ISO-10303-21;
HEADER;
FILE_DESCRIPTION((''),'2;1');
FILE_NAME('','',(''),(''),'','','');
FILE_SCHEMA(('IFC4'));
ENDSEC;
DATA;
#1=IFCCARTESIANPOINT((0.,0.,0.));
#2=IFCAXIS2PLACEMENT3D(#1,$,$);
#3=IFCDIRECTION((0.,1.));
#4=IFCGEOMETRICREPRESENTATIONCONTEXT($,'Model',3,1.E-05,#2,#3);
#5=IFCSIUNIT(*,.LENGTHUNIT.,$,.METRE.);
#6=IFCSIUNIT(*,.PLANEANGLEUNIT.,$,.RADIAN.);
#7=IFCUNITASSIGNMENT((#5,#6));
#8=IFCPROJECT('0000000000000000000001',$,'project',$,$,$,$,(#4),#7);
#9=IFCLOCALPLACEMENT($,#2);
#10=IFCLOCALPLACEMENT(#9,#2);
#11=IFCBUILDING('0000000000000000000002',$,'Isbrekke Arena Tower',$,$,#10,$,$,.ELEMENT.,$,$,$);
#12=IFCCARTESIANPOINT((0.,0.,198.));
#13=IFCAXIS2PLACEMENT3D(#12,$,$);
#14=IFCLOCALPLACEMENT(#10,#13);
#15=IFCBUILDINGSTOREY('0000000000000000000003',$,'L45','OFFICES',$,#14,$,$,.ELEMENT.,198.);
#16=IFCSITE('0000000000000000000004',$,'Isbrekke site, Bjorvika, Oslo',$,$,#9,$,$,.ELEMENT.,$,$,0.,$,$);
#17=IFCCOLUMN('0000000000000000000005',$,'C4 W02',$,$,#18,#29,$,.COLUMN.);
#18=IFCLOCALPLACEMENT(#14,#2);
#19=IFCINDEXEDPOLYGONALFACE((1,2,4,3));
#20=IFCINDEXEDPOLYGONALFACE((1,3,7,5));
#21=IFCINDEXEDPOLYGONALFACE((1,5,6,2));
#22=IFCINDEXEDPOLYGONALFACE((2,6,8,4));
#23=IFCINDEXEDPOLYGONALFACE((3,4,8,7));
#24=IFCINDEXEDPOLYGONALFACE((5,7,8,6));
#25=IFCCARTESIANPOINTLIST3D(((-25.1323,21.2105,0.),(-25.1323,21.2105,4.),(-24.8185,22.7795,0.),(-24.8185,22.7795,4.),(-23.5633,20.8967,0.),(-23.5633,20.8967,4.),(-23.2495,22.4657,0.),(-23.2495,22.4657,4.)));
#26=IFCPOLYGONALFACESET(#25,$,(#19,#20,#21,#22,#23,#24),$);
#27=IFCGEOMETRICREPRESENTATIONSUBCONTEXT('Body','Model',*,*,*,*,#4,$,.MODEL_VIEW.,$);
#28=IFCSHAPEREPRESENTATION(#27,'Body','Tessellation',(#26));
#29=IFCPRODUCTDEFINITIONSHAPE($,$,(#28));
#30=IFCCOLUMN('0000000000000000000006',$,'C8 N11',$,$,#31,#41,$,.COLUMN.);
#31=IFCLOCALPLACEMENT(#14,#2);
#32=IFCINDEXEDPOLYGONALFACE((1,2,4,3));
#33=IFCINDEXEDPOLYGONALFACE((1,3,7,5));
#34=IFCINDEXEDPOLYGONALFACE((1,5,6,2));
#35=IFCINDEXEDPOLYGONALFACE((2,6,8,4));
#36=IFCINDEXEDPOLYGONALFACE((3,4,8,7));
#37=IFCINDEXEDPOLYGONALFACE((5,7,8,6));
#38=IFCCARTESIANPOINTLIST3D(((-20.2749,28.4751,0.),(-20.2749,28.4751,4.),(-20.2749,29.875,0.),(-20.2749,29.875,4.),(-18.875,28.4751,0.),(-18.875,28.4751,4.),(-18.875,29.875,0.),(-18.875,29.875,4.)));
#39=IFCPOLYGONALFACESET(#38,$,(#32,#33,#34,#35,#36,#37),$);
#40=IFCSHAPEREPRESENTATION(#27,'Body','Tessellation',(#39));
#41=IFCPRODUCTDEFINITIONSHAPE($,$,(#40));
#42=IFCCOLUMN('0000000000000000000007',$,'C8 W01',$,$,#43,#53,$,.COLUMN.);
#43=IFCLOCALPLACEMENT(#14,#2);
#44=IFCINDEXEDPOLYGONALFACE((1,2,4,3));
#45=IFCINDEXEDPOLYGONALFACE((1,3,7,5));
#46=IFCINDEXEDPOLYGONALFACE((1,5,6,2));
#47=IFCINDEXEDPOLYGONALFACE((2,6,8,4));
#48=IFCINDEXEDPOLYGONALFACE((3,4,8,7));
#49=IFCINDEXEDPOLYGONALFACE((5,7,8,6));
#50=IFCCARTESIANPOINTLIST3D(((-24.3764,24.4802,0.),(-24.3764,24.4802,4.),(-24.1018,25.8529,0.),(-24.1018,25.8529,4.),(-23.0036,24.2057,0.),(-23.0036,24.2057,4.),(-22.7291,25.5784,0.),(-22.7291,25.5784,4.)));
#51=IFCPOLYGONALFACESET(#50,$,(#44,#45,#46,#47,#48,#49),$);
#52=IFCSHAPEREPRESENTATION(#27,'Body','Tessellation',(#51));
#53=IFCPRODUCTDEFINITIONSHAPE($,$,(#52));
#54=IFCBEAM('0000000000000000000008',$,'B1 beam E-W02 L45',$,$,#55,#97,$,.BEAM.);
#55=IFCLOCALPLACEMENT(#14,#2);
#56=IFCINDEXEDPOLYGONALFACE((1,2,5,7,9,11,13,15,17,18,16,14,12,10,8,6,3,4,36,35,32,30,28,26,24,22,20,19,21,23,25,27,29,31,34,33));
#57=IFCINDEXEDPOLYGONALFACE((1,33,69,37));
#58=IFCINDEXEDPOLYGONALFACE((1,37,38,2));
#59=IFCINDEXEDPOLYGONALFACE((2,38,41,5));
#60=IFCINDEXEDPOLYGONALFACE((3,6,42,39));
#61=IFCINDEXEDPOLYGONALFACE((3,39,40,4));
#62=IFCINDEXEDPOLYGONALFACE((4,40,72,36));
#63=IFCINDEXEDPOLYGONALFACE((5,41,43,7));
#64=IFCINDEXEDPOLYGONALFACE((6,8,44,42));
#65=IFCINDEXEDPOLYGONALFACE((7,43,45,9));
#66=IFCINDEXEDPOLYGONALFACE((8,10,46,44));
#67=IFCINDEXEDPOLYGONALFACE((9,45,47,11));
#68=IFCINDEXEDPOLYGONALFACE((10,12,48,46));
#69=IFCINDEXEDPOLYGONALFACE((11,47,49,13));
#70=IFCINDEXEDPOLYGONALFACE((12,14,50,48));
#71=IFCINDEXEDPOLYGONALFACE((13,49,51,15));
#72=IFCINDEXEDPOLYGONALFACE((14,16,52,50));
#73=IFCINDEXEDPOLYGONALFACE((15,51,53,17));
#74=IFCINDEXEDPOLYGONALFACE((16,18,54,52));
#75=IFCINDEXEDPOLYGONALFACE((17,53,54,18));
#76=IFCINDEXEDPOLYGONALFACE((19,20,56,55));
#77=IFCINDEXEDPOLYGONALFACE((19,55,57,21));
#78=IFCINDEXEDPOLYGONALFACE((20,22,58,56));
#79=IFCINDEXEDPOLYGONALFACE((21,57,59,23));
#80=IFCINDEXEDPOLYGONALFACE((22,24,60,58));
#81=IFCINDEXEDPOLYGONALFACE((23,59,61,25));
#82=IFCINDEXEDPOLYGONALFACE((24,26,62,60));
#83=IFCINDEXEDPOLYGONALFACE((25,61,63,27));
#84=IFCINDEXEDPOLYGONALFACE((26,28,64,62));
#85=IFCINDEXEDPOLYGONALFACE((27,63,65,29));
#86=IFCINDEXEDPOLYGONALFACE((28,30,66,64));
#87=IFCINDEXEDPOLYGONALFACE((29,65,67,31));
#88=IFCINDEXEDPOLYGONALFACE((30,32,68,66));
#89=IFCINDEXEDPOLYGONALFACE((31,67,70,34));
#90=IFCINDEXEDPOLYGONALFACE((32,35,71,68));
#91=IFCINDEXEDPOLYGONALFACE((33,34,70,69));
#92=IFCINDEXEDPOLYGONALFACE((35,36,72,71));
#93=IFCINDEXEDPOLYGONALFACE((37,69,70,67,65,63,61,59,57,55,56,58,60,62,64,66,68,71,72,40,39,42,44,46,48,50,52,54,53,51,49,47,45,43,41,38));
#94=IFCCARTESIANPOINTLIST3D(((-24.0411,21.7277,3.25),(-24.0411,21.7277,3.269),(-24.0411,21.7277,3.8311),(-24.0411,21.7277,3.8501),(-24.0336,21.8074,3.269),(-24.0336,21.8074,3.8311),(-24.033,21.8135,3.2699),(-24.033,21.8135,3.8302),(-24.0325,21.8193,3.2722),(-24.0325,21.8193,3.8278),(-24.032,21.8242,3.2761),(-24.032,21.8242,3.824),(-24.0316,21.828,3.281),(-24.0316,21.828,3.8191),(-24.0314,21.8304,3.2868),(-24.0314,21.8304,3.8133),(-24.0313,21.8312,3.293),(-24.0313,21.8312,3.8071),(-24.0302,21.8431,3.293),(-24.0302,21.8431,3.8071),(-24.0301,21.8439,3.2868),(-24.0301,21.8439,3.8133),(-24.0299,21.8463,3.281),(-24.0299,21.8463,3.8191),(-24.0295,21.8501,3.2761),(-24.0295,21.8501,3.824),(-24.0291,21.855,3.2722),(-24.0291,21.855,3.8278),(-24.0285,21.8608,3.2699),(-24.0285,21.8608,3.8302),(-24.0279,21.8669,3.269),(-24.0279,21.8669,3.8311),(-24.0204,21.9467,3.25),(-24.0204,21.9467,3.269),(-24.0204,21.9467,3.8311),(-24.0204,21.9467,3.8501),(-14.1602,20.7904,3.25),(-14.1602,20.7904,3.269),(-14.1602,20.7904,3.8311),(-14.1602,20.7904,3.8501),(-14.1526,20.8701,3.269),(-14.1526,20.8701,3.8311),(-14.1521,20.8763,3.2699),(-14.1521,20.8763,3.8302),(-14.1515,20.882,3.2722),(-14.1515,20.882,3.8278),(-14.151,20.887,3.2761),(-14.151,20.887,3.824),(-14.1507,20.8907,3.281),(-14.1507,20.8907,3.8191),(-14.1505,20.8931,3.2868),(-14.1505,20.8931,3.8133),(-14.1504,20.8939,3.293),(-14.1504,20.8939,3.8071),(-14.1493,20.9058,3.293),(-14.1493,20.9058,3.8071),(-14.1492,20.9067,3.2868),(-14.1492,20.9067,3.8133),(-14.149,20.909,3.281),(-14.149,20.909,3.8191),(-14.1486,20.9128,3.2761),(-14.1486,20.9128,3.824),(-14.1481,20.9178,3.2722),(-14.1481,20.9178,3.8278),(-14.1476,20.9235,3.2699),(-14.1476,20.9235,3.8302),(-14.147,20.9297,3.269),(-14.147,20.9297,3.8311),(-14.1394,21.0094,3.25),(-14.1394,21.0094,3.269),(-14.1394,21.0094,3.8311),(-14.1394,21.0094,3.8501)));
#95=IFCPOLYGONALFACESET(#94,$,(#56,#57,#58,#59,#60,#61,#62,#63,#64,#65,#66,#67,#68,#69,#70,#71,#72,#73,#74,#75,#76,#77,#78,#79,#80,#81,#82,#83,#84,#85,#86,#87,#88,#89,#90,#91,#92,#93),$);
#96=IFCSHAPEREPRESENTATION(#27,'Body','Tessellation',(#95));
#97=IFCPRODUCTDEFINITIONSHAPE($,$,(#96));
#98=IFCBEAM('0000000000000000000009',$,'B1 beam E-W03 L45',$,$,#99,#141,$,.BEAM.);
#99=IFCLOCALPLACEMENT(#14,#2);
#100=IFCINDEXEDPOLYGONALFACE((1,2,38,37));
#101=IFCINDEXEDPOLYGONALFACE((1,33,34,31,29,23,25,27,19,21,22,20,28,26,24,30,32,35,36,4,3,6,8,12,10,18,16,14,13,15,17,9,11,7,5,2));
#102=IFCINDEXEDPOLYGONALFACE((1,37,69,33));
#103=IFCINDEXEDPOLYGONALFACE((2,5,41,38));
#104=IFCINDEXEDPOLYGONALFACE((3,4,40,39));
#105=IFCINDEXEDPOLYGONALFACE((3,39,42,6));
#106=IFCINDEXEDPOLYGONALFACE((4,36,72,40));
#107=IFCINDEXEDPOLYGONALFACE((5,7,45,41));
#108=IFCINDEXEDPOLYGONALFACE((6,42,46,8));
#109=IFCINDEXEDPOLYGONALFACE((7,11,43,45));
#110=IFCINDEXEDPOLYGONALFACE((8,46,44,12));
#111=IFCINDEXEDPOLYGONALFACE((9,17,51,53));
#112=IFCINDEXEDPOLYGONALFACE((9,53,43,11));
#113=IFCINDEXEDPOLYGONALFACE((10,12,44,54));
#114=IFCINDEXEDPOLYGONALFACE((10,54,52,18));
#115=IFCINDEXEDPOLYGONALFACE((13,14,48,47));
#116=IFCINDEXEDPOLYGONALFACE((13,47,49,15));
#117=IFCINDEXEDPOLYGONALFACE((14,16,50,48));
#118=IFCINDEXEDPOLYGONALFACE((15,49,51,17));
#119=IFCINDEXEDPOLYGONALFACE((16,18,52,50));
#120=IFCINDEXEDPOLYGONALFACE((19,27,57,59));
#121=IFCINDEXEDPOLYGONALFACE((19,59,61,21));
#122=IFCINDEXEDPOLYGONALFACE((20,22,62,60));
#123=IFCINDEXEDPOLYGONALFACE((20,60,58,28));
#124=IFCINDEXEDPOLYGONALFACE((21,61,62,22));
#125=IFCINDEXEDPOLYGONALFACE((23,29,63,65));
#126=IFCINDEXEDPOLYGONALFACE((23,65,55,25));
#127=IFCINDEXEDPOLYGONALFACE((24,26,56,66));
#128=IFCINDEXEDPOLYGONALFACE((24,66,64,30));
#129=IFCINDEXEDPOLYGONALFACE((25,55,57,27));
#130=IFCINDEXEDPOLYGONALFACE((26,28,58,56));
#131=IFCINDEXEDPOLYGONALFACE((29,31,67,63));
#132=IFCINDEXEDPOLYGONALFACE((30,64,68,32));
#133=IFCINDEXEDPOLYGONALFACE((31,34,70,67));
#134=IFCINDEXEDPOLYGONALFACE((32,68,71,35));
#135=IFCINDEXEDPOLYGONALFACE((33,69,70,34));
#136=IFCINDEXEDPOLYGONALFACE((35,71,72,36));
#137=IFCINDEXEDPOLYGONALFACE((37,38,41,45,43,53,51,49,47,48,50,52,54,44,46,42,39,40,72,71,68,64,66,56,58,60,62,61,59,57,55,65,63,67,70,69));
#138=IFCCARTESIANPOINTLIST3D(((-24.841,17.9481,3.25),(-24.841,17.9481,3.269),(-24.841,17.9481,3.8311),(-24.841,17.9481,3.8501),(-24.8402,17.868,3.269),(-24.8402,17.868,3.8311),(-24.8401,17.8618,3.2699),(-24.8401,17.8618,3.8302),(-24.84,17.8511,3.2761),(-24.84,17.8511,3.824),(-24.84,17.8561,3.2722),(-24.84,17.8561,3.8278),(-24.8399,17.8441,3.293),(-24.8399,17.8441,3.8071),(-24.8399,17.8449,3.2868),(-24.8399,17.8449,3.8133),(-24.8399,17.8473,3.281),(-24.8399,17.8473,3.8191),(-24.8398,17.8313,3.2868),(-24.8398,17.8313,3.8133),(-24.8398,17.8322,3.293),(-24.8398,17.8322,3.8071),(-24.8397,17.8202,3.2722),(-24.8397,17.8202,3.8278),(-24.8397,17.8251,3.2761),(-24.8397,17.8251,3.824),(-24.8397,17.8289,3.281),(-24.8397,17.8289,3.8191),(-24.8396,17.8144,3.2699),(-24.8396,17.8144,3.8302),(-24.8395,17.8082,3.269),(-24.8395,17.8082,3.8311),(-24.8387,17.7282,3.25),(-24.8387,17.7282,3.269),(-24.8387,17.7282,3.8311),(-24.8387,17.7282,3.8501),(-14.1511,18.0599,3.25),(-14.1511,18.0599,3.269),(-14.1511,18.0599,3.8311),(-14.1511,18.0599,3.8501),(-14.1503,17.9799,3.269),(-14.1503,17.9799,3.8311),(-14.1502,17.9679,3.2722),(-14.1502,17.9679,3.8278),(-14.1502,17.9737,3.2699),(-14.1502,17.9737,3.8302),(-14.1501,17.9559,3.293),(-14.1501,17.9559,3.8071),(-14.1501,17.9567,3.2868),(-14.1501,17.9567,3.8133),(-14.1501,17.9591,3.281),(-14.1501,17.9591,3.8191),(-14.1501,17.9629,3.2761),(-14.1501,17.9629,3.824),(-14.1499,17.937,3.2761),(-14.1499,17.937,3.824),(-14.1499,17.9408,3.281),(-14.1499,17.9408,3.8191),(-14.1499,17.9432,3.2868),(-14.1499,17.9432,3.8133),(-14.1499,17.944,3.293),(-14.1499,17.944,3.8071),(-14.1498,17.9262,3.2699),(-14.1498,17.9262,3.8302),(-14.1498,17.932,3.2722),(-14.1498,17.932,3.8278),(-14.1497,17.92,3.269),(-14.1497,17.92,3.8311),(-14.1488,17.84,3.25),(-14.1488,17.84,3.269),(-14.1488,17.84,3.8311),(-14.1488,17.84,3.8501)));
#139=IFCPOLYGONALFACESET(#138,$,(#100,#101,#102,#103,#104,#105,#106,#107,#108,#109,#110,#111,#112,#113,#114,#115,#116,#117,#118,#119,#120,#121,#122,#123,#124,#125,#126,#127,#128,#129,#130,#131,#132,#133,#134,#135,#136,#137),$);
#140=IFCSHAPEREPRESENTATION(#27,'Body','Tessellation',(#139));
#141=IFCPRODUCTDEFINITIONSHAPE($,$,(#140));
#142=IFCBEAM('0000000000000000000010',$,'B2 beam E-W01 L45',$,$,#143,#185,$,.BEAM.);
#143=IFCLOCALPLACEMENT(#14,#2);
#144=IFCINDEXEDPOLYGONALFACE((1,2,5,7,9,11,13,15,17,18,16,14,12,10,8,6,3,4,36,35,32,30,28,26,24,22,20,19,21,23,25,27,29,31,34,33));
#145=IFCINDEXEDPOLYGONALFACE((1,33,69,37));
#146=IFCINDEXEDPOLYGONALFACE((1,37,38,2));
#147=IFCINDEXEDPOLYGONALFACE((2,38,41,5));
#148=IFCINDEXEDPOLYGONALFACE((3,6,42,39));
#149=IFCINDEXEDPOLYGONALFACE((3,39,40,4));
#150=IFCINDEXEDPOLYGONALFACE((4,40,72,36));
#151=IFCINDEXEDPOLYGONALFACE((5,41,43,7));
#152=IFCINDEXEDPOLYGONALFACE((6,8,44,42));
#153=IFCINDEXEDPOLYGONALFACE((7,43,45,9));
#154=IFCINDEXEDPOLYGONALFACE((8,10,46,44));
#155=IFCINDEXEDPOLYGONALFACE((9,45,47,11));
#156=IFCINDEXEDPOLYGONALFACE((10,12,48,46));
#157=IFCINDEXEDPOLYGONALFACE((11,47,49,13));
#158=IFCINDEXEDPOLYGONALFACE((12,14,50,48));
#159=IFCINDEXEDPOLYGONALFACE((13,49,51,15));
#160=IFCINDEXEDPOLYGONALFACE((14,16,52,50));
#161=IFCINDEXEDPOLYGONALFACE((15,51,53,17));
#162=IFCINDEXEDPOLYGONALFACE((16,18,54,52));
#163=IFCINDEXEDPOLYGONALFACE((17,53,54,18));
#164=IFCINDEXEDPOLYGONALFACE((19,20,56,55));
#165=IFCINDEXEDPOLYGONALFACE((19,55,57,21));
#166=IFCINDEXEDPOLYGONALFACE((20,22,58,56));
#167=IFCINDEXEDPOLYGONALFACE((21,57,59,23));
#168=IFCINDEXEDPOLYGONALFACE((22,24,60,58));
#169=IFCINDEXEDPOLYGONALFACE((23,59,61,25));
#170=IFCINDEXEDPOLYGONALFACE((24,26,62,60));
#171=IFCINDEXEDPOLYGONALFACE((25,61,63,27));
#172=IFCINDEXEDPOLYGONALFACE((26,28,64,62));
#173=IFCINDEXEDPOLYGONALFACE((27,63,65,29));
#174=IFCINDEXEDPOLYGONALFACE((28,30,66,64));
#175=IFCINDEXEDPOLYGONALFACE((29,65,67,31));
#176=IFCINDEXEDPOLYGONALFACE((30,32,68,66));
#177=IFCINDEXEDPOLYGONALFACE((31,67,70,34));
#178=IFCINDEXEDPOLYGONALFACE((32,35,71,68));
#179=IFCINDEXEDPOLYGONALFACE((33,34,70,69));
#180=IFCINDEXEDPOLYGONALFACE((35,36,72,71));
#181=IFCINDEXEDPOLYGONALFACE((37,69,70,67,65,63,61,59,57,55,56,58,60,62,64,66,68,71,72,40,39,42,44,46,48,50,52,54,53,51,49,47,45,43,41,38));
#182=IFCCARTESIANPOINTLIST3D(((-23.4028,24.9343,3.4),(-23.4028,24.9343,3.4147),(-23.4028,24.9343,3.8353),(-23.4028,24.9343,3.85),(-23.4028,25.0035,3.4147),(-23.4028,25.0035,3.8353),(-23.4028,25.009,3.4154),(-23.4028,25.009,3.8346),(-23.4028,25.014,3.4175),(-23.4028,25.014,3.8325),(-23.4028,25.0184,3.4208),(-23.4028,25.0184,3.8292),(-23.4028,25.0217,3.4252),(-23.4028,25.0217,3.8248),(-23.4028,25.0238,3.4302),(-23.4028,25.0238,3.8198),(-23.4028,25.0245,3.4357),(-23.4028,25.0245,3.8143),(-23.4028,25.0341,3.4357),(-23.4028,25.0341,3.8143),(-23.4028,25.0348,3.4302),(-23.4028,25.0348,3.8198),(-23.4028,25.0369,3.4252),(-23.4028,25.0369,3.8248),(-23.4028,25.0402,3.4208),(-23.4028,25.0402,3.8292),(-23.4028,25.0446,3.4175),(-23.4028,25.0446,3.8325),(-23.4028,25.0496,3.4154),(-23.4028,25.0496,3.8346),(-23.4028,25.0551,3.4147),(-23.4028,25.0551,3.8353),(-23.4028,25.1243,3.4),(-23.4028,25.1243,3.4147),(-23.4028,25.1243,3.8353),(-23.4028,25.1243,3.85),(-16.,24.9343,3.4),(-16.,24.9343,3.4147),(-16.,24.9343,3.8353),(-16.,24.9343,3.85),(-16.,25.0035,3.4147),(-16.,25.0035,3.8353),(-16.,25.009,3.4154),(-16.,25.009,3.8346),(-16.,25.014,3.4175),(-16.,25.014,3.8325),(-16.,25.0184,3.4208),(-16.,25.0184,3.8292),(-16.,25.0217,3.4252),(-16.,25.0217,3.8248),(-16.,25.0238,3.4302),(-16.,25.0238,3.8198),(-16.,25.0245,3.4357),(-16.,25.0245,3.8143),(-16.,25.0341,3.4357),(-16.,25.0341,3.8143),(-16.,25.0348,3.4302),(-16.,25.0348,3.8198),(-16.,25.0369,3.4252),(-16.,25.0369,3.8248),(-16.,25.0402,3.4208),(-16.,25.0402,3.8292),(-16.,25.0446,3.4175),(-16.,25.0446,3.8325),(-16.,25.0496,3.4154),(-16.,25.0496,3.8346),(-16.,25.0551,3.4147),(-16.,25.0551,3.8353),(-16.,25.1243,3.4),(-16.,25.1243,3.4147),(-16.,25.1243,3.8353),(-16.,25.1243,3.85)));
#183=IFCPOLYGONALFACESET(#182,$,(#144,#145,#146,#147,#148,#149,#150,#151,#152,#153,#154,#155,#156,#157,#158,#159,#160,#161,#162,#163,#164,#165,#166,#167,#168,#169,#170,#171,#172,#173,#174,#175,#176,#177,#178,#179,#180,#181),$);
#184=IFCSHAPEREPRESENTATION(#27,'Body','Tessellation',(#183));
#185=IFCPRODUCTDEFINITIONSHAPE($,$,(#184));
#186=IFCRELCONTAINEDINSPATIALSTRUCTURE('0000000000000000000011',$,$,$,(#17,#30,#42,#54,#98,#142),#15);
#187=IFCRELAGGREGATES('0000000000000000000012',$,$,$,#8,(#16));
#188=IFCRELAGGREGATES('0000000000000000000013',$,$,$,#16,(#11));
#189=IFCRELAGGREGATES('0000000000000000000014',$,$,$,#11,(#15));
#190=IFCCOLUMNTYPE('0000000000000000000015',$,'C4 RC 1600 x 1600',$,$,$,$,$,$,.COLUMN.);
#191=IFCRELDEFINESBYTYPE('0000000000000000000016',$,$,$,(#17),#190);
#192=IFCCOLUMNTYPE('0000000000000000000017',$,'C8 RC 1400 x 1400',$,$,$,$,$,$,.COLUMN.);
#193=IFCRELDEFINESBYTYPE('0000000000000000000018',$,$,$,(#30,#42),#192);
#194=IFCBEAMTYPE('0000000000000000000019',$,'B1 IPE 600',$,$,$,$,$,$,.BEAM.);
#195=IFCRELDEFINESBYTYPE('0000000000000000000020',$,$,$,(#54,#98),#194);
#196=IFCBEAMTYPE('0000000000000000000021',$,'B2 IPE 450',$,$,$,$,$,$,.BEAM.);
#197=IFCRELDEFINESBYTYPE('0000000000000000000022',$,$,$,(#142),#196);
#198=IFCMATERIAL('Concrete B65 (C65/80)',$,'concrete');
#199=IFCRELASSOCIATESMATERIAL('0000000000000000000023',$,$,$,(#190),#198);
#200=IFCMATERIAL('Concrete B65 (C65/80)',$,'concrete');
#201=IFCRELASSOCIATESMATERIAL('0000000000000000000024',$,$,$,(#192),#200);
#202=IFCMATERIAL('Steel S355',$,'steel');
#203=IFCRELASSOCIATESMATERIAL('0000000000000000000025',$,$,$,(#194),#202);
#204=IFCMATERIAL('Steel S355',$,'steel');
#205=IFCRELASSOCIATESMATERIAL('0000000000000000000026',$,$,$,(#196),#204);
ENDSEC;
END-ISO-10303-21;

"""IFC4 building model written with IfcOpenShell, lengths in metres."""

from ifc_helpers import new_model, si_unit, direction, frame, origin, origin_2d, place, context, subcontext, project, spatial, rectangle, i_section, extrude, material, material_profile, profile_set, type_object, element, save


model = new_model("IFC4")

# Units and contexts
model_context = context("Model", 3, precision=1e-05, world=origin(), true_north=direction((0.0, 1.0)))
body_context = subcontext(model_context, "Body", "Model", "MODEL_VIEW")
ifc_project = project(units=[si_unit("LENGTHUNIT", "METRE"), si_unit("PLANEANGLEUNIT", "RADIAN")], contexts=[model_context])

# Site, building, storey
site_placement = place(None, origin())
site = spatial("IfcSite", under=ifc_project, at=site_placement, Name="Isbrekke site, Bjorvika, Oslo", CompositionType="ELEMENT", RefElevation=0.0)
building_placement = place(site_placement, origin())
building = spatial("IfcBuilding", under=site, at=building_placement, Name="Isbrekke Arena Tower", CompositionType="ELEMENT")
storey_placement = place(building_placement, frame((0.0, 0.0, 198.0)))
storey = spatial("IfcBuildingStorey", under=building, at=storey_placement, Name="L45", Description="OFFICES", CompositionType="ELEMENT", Elevation=198.0)

# Columns
ifc_material_1 = material(Name="Concrete B65 (C65/80)", Category="concrete")
ifc_material_profile_1 = material_profile(ifc_material_1, rectangle(XDim=1.6001, YDim=1.6001, at=origin_2d()), Name="RC 1600x1600")
ifc_profile_set_1 = profile_set([ifc_material_profile_1], Name="Concrete B65 (C65/80)")
column_type_1 = type_object("IfcColumnType", Name="C4 RC 1600 x 1600", PredefinedType="COLUMN", material=ifc_profile_set_1)
column_placement = place(storey_placement, frame((-24.1909, 21.8381, 0.0), z_axis=(0.0, 0.0, 1.0), x_axis=(-0.196116, -0.980581, 0.0)))
element("IfcColumn", 1, at=column_placement, inside=storey, type_object=column_type_1, Name="C4 W02", PredefinedType="COLUMN", context=body_context, shape_type="SweptSolid", body=[
    extrude(rectangle(XDim=1.6001, YDim=1.6001, at=origin_2d()), origin(), (0.0, 0.0, 1.0), 4.0),
])
ifc_material_2 = material(Name="Concrete B65 (C65/80)", Category="concrete")
ifc_material_profile_2 = material_profile(ifc_material_2, rectangle(XDim=1.3999, YDim=1.3999, at=origin_2d()), Name="RC 1400x1400")
ifc_profile_set_2 = profile_set([ifc_material_profile_2], Name="Concrete B65 (C65/80)")
column_type_2 = type_object("IfcColumnType", Name="C8 RC 1400 x 1400", PredefinedType="COLUMN", material=ifc_profile_set_2)
for number, where, z_axis, x_axis, name in (
    (2, (-19.575, 29.175, 0.0), (0.0, 0.0, 1.0), (-1.0, 0.0, 0.0), "C8 N11"),
    (3, (-23.5527, 25.0293, 0.0), (0.0, 0.0, 1.0), (-0.196116, -0.980581, 0.0), "C8 W01"),
):
    element("IfcColumn", number, at=place(storey_placement, frame(where, z_axis=z_axis, x_axis=x_axis)), inside=storey, type_object=column_type_2, Name=name, PredefinedType="COLUMN", context=body_context, shape_type="SweptSolid", body=[
        extrude(rectangle(XDim=1.3999, YDim=1.3999, at=origin_2d()), origin(), (0.0, 0.0, 1.0), 4.0),
    ])

# Beams
ifc_material_3 = material(Name="Steel S355", Category="steel")
ifc_material_profile_3 = material_profile(ifc_material_3, i_section(OverallWidth=0.22, OverallDepth=0.6001, WebThickness=0.012, FlangeThickness=0.019, FilletRadius=0.0239, at=origin_2d()), Name="IPE 600")
ifc_profile_set_3 = profile_set([ifc_material_profile_3], Name="Steel S355")
beam_type_1 = type_object("IfcBeamType", Name="B1 IPE 600", PredefinedType="BEAM", material=ifc_profile_set_3)
beam_1_placement = place(storey_placement, frame((-24.0308, 21.8372, 3.55), z_axis=(0.995531, -0.094432, 0.0), x_axis=(0.094432, 0.995531, 0.0)))
element("IfcBeam", 4, at=beam_1_placement, inside=storey, type_object=beam_type_1, Name="B1 beam E-W02 L45", PredefinedType="BEAM", context=body_context, shape_type="SweptSolid", body=[
    extrude(i_section(OverallWidth=0.22, OverallDepth=0.6001, WebThickness=0.012, FlangeThickness=0.019, FilletRadius=0.0239, at=origin_2d()), origin(), (0.0, 0.0, 1.0), 9.9253),
])
beam_2_placement = place(storey_placement, frame((-24.8398, 17.8381, 3.55), z_axis=(0.999945, 0.010459, 0.0), x_axis=(-0.010459, 0.999945, 0.0)))
element("IfcBeam", 5, at=beam_2_placement, inside=storey, type_object=beam_type_1, Name="B1 beam E-W03 L45", PredefinedType="BEAM", context=body_context, shape_type="SweptSolid", body=[
    extrude(i_section(OverallWidth=0.22, OverallDepth=0.6001, WebThickness=0.012, FlangeThickness=0.019, FilletRadius=0.0239, at=origin_2d()), origin(), (0.0, 0.0, 1.0), 10.6904),
])
ifc_material_4 = material(Name="Steel S355", Category="steel")
ifc_material_profile_4 = material_profile(ifc_material_4, i_section(OverallWidth=0.1899, OverallDepth=0.45, WebThickness=0.0095, FlangeThickness=0.0146, FilletRadius=0.021, at=origin_2d()), Name="IPE 450")
ifc_profile_set_4 = profile_set([ifc_material_profile_4], Name="Steel S355")
beam_type_2 = type_object("IfcBeamType", Name="B2 IPE 450", PredefinedType="BEAM", material=ifc_profile_set_4)
beam_3_placement = place(storey_placement, frame((-23.4028, 25.0293, 3.625), z_axis=(1.0, 0.0, 0.0), x_axis=(0.0, 1.0, 0.0)))
element("IfcBeam", 6, at=beam_3_placement, inside=storey, type_object=beam_type_2, Name="B2 beam E-W01 L45", PredefinedType="BEAM", context=body_context, shape_type="SweptSolid", body=[
    extrude(i_section(OverallWidth=0.1899, OverallDepth=0.45, WebThickness=0.0095, FlangeThickness=0.0146, FilletRadius=0.021, at=origin_2d()), origin(), (0.0, 0.0, 1.0), 7.4028),
])

save(model, "model.ifc")
